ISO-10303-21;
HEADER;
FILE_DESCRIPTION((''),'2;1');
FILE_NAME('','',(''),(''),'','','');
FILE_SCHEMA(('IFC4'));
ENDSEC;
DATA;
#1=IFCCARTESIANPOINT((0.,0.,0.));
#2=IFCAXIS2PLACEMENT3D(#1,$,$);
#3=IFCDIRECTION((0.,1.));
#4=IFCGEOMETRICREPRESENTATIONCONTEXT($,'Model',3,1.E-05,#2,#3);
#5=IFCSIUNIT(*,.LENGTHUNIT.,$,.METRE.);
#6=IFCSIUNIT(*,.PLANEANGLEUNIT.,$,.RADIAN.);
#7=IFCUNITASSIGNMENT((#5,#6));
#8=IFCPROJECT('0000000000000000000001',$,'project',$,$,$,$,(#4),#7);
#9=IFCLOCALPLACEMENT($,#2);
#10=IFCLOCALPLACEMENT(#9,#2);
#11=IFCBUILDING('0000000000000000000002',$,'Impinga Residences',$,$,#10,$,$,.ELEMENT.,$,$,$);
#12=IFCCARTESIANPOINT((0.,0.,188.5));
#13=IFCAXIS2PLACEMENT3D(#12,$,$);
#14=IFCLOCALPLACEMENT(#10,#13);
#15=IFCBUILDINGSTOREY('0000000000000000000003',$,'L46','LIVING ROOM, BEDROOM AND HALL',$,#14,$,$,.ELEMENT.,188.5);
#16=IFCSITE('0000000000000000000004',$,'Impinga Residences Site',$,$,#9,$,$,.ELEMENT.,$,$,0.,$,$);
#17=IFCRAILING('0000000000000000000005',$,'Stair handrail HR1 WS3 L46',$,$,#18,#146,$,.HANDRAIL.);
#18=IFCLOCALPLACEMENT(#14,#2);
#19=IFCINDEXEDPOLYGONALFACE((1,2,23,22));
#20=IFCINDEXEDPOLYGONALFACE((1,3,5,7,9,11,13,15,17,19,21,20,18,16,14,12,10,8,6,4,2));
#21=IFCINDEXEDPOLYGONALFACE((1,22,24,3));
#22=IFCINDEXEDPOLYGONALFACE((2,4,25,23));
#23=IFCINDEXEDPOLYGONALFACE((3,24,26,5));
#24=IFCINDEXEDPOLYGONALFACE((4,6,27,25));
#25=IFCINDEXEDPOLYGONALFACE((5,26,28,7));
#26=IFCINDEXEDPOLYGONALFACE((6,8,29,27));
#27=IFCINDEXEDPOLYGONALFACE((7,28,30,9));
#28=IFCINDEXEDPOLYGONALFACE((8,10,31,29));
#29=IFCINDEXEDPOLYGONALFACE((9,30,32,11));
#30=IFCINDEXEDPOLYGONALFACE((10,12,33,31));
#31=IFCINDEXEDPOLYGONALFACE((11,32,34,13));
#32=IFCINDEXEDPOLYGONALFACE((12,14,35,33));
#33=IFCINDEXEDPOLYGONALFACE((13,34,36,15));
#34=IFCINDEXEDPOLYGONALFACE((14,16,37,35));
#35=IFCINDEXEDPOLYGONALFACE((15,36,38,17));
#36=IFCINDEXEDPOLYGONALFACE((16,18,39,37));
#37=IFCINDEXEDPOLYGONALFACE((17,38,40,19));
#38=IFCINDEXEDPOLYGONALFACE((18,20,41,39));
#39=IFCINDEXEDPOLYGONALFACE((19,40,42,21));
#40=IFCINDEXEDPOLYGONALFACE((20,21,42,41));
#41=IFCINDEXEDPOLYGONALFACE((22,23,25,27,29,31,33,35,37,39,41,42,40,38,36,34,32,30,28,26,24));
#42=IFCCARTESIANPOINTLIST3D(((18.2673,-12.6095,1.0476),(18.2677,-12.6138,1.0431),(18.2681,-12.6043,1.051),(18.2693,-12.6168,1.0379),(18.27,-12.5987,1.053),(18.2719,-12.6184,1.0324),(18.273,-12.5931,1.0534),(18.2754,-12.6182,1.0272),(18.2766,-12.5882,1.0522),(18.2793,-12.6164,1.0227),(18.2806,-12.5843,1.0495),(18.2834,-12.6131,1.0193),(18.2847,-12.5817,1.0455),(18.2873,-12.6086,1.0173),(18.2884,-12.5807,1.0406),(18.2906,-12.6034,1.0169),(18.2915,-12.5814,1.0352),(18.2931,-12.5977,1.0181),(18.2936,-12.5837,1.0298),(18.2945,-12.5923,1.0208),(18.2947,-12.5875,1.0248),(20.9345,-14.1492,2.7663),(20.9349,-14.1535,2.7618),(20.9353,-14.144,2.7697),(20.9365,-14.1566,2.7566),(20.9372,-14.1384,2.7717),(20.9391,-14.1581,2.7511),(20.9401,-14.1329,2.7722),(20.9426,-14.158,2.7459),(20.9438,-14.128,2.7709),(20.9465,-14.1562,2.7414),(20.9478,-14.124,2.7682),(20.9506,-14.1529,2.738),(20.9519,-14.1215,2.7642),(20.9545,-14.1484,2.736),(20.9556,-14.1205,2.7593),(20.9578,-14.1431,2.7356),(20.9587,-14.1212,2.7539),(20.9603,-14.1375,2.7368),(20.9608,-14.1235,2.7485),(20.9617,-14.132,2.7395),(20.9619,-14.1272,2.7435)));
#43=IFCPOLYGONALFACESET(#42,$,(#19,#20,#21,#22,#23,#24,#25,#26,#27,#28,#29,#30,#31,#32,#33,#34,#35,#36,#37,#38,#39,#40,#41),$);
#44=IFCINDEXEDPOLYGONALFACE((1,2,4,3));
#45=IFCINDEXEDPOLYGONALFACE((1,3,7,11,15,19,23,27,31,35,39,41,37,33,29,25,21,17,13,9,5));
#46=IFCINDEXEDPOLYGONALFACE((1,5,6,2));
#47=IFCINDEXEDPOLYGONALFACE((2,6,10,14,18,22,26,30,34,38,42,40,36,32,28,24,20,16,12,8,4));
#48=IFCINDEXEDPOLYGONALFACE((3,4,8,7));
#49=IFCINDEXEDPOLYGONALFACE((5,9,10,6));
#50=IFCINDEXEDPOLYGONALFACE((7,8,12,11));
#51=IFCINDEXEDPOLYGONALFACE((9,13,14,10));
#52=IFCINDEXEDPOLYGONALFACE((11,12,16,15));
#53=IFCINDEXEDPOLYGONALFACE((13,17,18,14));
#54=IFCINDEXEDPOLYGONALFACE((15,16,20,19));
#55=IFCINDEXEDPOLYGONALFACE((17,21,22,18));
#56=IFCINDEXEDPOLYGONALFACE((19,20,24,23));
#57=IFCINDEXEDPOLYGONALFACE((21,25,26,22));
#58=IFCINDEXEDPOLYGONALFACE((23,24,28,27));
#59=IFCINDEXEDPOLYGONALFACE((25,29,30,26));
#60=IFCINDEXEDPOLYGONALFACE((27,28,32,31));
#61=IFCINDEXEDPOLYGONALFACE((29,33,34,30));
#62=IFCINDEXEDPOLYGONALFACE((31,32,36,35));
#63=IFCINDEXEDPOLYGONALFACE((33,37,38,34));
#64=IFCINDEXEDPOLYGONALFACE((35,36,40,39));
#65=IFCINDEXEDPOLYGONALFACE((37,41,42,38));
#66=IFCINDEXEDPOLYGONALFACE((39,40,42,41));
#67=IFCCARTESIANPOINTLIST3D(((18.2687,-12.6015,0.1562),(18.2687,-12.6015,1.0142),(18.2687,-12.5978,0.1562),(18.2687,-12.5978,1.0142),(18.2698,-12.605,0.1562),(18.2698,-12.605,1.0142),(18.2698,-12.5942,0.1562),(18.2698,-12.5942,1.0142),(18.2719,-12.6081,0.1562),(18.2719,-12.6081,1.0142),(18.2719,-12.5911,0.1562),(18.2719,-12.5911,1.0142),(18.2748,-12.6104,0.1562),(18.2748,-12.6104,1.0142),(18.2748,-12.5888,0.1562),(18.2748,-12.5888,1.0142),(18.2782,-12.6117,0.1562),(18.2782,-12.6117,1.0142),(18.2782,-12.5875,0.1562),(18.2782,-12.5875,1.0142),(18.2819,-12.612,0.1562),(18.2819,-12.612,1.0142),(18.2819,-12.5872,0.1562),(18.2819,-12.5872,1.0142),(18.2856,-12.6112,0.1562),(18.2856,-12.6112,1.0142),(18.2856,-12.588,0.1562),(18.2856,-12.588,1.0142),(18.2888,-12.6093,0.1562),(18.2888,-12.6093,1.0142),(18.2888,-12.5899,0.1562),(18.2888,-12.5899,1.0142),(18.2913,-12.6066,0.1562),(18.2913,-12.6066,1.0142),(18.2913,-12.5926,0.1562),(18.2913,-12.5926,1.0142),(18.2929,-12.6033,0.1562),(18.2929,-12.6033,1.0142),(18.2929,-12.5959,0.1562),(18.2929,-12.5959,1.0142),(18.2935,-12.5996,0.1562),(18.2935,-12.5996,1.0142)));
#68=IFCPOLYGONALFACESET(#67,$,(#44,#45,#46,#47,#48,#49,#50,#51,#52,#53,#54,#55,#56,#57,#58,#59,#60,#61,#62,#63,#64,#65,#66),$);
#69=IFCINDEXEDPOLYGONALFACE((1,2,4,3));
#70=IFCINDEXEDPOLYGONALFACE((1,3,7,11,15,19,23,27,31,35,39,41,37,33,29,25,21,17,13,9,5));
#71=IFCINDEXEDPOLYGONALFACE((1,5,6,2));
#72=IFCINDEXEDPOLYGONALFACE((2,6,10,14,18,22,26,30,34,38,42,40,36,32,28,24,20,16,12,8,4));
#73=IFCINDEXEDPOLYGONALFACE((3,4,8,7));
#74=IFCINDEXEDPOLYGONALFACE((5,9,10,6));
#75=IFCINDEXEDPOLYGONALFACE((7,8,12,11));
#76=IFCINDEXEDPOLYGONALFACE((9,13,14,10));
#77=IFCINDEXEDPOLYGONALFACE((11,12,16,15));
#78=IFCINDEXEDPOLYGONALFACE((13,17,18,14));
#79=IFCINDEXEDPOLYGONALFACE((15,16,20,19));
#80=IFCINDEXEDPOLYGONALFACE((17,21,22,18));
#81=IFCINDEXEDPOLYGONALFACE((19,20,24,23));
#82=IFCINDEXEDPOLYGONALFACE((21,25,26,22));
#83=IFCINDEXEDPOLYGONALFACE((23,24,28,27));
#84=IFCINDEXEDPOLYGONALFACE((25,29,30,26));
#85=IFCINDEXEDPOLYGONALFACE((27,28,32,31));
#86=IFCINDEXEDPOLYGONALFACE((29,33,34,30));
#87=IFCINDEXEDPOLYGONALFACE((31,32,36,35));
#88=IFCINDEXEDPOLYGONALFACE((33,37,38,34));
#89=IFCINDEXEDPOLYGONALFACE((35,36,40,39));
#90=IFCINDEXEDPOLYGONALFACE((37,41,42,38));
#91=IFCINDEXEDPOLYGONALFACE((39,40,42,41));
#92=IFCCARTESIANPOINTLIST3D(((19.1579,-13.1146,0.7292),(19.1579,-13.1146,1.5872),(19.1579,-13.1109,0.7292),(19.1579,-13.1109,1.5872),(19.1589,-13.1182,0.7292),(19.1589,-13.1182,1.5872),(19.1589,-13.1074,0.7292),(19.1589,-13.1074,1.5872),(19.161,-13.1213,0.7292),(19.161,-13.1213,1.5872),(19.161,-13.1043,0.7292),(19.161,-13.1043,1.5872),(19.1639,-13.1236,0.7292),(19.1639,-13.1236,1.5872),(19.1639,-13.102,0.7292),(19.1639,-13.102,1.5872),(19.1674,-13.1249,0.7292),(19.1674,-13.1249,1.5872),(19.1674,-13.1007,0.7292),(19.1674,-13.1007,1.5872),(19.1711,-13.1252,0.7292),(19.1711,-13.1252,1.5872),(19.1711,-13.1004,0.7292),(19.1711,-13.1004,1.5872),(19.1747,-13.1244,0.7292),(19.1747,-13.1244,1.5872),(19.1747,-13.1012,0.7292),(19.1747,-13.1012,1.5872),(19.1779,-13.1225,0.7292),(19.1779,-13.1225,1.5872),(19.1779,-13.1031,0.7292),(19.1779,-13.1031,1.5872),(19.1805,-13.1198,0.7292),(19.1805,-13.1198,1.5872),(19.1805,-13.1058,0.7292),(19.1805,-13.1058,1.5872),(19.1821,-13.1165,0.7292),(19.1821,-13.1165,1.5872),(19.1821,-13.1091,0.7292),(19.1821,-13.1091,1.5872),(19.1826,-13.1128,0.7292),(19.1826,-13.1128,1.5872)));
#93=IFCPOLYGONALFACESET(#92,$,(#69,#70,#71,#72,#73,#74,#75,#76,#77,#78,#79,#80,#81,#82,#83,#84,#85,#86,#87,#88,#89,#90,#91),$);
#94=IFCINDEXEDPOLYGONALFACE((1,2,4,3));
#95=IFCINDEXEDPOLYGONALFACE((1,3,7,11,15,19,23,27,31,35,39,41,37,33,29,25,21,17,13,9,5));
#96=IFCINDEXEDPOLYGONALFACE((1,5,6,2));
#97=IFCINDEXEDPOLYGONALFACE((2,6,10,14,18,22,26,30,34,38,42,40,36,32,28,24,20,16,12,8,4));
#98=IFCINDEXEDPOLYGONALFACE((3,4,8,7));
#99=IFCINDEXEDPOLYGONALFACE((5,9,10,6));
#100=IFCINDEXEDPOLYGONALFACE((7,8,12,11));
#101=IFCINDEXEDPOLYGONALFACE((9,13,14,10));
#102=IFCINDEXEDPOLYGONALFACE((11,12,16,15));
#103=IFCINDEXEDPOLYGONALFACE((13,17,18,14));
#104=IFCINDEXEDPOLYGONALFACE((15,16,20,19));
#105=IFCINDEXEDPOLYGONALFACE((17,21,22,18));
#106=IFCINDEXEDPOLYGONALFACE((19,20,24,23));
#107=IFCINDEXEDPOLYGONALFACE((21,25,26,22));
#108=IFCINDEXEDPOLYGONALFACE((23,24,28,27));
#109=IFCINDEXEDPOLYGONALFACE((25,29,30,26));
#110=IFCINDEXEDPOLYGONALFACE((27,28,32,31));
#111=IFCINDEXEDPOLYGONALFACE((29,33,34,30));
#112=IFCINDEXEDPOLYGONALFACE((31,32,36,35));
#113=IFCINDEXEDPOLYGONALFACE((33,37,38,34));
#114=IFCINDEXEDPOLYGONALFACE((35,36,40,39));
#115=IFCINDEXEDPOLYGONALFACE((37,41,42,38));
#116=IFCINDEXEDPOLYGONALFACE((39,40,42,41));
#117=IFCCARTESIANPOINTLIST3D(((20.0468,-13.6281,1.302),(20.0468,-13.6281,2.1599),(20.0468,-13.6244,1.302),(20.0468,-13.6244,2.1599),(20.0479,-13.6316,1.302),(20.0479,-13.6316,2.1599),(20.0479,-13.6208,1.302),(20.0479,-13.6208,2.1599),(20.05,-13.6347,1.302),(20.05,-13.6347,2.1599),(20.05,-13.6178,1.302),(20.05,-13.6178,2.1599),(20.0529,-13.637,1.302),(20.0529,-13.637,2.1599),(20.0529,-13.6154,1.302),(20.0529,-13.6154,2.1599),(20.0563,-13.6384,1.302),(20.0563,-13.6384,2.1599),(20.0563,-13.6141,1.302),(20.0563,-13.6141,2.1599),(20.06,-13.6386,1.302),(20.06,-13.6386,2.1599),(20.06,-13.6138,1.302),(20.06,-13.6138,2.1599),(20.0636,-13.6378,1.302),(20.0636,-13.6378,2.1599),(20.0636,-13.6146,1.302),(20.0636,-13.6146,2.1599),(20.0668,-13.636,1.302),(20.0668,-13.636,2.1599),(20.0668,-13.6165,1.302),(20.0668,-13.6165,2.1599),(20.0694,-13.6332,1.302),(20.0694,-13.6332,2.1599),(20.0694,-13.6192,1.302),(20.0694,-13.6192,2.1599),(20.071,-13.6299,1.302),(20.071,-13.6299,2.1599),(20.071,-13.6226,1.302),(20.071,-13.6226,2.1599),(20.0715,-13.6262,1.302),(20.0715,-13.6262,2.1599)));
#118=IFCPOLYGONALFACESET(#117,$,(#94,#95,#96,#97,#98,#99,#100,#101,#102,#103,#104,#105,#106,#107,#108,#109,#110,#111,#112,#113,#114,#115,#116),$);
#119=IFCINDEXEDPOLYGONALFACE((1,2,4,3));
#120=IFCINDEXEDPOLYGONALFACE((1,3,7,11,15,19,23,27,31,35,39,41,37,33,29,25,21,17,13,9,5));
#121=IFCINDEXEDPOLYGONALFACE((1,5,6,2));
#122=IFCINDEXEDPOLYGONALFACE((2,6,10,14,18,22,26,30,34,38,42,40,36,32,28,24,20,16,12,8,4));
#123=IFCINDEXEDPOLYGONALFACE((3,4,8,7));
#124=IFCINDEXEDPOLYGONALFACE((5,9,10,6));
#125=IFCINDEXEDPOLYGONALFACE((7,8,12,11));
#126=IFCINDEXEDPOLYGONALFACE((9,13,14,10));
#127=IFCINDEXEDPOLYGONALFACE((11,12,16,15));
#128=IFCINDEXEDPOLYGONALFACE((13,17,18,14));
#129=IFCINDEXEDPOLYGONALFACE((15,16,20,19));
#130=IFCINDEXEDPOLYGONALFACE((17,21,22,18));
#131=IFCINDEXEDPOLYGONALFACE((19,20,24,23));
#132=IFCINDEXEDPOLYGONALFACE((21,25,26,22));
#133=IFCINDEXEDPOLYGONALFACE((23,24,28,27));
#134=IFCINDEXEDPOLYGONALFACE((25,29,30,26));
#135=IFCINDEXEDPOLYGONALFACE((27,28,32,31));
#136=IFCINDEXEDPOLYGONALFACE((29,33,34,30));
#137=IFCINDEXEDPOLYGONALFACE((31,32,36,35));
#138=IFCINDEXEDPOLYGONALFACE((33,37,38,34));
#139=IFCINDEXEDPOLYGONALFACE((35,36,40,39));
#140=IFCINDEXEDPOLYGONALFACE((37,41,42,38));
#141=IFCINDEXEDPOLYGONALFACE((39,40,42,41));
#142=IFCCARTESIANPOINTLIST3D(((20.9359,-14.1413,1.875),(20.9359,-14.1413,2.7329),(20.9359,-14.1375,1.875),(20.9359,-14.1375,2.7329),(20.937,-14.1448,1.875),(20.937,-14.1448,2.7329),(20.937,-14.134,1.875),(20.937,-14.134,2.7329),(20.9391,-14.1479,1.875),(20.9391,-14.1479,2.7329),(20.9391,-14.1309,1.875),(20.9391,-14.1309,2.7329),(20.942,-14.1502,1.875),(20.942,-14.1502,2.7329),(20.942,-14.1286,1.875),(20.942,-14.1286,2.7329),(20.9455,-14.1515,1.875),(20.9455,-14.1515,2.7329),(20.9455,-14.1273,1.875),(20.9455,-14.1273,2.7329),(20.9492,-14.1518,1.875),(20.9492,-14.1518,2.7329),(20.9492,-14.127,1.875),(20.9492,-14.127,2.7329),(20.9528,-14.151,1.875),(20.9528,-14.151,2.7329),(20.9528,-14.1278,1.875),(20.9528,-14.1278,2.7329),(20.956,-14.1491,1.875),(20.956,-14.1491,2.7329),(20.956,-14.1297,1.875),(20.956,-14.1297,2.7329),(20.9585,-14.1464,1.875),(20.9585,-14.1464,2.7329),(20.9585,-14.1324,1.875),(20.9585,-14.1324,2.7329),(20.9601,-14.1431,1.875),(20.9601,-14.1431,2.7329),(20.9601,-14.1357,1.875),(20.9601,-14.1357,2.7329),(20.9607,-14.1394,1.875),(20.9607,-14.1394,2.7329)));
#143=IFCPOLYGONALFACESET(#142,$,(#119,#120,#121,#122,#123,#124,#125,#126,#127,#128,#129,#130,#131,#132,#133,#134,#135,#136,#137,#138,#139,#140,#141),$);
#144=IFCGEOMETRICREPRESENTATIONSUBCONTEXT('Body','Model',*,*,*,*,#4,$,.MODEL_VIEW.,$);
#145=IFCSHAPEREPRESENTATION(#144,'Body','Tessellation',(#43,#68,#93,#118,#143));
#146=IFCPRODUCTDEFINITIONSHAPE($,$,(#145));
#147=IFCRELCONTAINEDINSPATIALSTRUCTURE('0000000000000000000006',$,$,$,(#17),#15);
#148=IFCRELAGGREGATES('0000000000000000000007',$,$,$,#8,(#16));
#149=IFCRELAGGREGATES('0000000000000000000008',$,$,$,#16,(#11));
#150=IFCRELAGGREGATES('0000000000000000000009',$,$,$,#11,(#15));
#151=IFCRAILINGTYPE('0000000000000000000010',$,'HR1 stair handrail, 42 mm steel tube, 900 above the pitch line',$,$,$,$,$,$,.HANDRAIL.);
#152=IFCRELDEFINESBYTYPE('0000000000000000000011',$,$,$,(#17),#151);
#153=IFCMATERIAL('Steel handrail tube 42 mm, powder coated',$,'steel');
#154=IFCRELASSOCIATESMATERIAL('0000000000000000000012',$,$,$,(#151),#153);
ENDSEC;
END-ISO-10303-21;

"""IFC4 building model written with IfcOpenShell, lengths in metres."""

from ifc_helpers import new_model, si_unit, direction, frame, origin, origin_2d, place, context, subcontext, project, spatial, circle, extrude, material, type_object, element, save


model = new_model("IFC4")

# Units and contexts
model_context = context("Model", 3, precision=1e-05, world=origin(), true_north=direction((0.0, 1.0)))
body_context = subcontext(model_context, "Body", "Model", "MODEL_VIEW")
ifc_project = project(units=[si_unit("LENGTHUNIT", "METRE"), si_unit("PLANEANGLEUNIT", "RADIAN")], contexts=[model_context])

# Site, building, storey
site_placement = place(None, origin())
site = spatial("IfcSite", under=ifc_project, at=site_placement, Name="Impinga Residences Site", CompositionType="ELEMENT", RefElevation=0.0)
building_placement = place(site_placement, origin())
building = spatial("IfcBuilding", under=site, at=building_placement, Name="Impinga Residences", CompositionType="ELEMENT")
storey_placement = place(building_placement, frame((0.0, 0.0, 188.5)))
storey = spatial("IfcBuildingStorey", under=building, at=storey_placement, Name="L46", Description="LIVING ROOM, BEDROOM AND HALL", CompositionType="ELEMENT", Elevation=188.5)

# Railing
ifc_material_1 = material(Name="Steel handrail tube 42 mm, powder coated", Category="steel")
railing_type = type_object("IfcRailingType", Name="HR1 stair handrail, 42 mm steel tube, 900 above the pitch line", PredefinedType="HANDRAIL", material=ifc_material_1)
railing_1_placement = place(storey_placement, frame((18.281, -12.5996, 0.1562)))
element("IfcRailing", 1, at=railing_1_placement, inside=storey, type_object=railing_type, Name="Stair handrail HR1 WS3 L46", PredefinedType="HANDRAIL", context=body_context, shape_type="SweptSolid", body=[
    extrude(circle(Radius=0.021, at=origin_2d()), frame((0.0, 0.0, 0.8789), z_axis=(0.756249, -0.436582, 0.487322), x_axis=(0.499967, 0.866044, 0.0)), (0.0, 0.0, 1.0), 3.5269),
    extrude(circle(Radius=0.0125, at=origin_2d()), origin(), (0.0, 0.0, 1.0), 0.8579),
    extrude(circle(Radius=0.0125, at=origin_2d()), frame((0.8892, -0.5132, 0.573)), (0.0, 0.0, 1.0), 0.8579),
    extrude(circle(Radius=0.0125, at=origin_2d()), frame((1.7781, -1.0266, 1.1458)), (0.0, 0.0, 1.0), 0.8579),
    extrude(circle(Radius=0.0125, at=origin_2d()), frame((2.6672, -1.5398, 1.7188)), (0.0, 0.0, 1.0), 0.8579),
])

save(model, "model.ifc")
